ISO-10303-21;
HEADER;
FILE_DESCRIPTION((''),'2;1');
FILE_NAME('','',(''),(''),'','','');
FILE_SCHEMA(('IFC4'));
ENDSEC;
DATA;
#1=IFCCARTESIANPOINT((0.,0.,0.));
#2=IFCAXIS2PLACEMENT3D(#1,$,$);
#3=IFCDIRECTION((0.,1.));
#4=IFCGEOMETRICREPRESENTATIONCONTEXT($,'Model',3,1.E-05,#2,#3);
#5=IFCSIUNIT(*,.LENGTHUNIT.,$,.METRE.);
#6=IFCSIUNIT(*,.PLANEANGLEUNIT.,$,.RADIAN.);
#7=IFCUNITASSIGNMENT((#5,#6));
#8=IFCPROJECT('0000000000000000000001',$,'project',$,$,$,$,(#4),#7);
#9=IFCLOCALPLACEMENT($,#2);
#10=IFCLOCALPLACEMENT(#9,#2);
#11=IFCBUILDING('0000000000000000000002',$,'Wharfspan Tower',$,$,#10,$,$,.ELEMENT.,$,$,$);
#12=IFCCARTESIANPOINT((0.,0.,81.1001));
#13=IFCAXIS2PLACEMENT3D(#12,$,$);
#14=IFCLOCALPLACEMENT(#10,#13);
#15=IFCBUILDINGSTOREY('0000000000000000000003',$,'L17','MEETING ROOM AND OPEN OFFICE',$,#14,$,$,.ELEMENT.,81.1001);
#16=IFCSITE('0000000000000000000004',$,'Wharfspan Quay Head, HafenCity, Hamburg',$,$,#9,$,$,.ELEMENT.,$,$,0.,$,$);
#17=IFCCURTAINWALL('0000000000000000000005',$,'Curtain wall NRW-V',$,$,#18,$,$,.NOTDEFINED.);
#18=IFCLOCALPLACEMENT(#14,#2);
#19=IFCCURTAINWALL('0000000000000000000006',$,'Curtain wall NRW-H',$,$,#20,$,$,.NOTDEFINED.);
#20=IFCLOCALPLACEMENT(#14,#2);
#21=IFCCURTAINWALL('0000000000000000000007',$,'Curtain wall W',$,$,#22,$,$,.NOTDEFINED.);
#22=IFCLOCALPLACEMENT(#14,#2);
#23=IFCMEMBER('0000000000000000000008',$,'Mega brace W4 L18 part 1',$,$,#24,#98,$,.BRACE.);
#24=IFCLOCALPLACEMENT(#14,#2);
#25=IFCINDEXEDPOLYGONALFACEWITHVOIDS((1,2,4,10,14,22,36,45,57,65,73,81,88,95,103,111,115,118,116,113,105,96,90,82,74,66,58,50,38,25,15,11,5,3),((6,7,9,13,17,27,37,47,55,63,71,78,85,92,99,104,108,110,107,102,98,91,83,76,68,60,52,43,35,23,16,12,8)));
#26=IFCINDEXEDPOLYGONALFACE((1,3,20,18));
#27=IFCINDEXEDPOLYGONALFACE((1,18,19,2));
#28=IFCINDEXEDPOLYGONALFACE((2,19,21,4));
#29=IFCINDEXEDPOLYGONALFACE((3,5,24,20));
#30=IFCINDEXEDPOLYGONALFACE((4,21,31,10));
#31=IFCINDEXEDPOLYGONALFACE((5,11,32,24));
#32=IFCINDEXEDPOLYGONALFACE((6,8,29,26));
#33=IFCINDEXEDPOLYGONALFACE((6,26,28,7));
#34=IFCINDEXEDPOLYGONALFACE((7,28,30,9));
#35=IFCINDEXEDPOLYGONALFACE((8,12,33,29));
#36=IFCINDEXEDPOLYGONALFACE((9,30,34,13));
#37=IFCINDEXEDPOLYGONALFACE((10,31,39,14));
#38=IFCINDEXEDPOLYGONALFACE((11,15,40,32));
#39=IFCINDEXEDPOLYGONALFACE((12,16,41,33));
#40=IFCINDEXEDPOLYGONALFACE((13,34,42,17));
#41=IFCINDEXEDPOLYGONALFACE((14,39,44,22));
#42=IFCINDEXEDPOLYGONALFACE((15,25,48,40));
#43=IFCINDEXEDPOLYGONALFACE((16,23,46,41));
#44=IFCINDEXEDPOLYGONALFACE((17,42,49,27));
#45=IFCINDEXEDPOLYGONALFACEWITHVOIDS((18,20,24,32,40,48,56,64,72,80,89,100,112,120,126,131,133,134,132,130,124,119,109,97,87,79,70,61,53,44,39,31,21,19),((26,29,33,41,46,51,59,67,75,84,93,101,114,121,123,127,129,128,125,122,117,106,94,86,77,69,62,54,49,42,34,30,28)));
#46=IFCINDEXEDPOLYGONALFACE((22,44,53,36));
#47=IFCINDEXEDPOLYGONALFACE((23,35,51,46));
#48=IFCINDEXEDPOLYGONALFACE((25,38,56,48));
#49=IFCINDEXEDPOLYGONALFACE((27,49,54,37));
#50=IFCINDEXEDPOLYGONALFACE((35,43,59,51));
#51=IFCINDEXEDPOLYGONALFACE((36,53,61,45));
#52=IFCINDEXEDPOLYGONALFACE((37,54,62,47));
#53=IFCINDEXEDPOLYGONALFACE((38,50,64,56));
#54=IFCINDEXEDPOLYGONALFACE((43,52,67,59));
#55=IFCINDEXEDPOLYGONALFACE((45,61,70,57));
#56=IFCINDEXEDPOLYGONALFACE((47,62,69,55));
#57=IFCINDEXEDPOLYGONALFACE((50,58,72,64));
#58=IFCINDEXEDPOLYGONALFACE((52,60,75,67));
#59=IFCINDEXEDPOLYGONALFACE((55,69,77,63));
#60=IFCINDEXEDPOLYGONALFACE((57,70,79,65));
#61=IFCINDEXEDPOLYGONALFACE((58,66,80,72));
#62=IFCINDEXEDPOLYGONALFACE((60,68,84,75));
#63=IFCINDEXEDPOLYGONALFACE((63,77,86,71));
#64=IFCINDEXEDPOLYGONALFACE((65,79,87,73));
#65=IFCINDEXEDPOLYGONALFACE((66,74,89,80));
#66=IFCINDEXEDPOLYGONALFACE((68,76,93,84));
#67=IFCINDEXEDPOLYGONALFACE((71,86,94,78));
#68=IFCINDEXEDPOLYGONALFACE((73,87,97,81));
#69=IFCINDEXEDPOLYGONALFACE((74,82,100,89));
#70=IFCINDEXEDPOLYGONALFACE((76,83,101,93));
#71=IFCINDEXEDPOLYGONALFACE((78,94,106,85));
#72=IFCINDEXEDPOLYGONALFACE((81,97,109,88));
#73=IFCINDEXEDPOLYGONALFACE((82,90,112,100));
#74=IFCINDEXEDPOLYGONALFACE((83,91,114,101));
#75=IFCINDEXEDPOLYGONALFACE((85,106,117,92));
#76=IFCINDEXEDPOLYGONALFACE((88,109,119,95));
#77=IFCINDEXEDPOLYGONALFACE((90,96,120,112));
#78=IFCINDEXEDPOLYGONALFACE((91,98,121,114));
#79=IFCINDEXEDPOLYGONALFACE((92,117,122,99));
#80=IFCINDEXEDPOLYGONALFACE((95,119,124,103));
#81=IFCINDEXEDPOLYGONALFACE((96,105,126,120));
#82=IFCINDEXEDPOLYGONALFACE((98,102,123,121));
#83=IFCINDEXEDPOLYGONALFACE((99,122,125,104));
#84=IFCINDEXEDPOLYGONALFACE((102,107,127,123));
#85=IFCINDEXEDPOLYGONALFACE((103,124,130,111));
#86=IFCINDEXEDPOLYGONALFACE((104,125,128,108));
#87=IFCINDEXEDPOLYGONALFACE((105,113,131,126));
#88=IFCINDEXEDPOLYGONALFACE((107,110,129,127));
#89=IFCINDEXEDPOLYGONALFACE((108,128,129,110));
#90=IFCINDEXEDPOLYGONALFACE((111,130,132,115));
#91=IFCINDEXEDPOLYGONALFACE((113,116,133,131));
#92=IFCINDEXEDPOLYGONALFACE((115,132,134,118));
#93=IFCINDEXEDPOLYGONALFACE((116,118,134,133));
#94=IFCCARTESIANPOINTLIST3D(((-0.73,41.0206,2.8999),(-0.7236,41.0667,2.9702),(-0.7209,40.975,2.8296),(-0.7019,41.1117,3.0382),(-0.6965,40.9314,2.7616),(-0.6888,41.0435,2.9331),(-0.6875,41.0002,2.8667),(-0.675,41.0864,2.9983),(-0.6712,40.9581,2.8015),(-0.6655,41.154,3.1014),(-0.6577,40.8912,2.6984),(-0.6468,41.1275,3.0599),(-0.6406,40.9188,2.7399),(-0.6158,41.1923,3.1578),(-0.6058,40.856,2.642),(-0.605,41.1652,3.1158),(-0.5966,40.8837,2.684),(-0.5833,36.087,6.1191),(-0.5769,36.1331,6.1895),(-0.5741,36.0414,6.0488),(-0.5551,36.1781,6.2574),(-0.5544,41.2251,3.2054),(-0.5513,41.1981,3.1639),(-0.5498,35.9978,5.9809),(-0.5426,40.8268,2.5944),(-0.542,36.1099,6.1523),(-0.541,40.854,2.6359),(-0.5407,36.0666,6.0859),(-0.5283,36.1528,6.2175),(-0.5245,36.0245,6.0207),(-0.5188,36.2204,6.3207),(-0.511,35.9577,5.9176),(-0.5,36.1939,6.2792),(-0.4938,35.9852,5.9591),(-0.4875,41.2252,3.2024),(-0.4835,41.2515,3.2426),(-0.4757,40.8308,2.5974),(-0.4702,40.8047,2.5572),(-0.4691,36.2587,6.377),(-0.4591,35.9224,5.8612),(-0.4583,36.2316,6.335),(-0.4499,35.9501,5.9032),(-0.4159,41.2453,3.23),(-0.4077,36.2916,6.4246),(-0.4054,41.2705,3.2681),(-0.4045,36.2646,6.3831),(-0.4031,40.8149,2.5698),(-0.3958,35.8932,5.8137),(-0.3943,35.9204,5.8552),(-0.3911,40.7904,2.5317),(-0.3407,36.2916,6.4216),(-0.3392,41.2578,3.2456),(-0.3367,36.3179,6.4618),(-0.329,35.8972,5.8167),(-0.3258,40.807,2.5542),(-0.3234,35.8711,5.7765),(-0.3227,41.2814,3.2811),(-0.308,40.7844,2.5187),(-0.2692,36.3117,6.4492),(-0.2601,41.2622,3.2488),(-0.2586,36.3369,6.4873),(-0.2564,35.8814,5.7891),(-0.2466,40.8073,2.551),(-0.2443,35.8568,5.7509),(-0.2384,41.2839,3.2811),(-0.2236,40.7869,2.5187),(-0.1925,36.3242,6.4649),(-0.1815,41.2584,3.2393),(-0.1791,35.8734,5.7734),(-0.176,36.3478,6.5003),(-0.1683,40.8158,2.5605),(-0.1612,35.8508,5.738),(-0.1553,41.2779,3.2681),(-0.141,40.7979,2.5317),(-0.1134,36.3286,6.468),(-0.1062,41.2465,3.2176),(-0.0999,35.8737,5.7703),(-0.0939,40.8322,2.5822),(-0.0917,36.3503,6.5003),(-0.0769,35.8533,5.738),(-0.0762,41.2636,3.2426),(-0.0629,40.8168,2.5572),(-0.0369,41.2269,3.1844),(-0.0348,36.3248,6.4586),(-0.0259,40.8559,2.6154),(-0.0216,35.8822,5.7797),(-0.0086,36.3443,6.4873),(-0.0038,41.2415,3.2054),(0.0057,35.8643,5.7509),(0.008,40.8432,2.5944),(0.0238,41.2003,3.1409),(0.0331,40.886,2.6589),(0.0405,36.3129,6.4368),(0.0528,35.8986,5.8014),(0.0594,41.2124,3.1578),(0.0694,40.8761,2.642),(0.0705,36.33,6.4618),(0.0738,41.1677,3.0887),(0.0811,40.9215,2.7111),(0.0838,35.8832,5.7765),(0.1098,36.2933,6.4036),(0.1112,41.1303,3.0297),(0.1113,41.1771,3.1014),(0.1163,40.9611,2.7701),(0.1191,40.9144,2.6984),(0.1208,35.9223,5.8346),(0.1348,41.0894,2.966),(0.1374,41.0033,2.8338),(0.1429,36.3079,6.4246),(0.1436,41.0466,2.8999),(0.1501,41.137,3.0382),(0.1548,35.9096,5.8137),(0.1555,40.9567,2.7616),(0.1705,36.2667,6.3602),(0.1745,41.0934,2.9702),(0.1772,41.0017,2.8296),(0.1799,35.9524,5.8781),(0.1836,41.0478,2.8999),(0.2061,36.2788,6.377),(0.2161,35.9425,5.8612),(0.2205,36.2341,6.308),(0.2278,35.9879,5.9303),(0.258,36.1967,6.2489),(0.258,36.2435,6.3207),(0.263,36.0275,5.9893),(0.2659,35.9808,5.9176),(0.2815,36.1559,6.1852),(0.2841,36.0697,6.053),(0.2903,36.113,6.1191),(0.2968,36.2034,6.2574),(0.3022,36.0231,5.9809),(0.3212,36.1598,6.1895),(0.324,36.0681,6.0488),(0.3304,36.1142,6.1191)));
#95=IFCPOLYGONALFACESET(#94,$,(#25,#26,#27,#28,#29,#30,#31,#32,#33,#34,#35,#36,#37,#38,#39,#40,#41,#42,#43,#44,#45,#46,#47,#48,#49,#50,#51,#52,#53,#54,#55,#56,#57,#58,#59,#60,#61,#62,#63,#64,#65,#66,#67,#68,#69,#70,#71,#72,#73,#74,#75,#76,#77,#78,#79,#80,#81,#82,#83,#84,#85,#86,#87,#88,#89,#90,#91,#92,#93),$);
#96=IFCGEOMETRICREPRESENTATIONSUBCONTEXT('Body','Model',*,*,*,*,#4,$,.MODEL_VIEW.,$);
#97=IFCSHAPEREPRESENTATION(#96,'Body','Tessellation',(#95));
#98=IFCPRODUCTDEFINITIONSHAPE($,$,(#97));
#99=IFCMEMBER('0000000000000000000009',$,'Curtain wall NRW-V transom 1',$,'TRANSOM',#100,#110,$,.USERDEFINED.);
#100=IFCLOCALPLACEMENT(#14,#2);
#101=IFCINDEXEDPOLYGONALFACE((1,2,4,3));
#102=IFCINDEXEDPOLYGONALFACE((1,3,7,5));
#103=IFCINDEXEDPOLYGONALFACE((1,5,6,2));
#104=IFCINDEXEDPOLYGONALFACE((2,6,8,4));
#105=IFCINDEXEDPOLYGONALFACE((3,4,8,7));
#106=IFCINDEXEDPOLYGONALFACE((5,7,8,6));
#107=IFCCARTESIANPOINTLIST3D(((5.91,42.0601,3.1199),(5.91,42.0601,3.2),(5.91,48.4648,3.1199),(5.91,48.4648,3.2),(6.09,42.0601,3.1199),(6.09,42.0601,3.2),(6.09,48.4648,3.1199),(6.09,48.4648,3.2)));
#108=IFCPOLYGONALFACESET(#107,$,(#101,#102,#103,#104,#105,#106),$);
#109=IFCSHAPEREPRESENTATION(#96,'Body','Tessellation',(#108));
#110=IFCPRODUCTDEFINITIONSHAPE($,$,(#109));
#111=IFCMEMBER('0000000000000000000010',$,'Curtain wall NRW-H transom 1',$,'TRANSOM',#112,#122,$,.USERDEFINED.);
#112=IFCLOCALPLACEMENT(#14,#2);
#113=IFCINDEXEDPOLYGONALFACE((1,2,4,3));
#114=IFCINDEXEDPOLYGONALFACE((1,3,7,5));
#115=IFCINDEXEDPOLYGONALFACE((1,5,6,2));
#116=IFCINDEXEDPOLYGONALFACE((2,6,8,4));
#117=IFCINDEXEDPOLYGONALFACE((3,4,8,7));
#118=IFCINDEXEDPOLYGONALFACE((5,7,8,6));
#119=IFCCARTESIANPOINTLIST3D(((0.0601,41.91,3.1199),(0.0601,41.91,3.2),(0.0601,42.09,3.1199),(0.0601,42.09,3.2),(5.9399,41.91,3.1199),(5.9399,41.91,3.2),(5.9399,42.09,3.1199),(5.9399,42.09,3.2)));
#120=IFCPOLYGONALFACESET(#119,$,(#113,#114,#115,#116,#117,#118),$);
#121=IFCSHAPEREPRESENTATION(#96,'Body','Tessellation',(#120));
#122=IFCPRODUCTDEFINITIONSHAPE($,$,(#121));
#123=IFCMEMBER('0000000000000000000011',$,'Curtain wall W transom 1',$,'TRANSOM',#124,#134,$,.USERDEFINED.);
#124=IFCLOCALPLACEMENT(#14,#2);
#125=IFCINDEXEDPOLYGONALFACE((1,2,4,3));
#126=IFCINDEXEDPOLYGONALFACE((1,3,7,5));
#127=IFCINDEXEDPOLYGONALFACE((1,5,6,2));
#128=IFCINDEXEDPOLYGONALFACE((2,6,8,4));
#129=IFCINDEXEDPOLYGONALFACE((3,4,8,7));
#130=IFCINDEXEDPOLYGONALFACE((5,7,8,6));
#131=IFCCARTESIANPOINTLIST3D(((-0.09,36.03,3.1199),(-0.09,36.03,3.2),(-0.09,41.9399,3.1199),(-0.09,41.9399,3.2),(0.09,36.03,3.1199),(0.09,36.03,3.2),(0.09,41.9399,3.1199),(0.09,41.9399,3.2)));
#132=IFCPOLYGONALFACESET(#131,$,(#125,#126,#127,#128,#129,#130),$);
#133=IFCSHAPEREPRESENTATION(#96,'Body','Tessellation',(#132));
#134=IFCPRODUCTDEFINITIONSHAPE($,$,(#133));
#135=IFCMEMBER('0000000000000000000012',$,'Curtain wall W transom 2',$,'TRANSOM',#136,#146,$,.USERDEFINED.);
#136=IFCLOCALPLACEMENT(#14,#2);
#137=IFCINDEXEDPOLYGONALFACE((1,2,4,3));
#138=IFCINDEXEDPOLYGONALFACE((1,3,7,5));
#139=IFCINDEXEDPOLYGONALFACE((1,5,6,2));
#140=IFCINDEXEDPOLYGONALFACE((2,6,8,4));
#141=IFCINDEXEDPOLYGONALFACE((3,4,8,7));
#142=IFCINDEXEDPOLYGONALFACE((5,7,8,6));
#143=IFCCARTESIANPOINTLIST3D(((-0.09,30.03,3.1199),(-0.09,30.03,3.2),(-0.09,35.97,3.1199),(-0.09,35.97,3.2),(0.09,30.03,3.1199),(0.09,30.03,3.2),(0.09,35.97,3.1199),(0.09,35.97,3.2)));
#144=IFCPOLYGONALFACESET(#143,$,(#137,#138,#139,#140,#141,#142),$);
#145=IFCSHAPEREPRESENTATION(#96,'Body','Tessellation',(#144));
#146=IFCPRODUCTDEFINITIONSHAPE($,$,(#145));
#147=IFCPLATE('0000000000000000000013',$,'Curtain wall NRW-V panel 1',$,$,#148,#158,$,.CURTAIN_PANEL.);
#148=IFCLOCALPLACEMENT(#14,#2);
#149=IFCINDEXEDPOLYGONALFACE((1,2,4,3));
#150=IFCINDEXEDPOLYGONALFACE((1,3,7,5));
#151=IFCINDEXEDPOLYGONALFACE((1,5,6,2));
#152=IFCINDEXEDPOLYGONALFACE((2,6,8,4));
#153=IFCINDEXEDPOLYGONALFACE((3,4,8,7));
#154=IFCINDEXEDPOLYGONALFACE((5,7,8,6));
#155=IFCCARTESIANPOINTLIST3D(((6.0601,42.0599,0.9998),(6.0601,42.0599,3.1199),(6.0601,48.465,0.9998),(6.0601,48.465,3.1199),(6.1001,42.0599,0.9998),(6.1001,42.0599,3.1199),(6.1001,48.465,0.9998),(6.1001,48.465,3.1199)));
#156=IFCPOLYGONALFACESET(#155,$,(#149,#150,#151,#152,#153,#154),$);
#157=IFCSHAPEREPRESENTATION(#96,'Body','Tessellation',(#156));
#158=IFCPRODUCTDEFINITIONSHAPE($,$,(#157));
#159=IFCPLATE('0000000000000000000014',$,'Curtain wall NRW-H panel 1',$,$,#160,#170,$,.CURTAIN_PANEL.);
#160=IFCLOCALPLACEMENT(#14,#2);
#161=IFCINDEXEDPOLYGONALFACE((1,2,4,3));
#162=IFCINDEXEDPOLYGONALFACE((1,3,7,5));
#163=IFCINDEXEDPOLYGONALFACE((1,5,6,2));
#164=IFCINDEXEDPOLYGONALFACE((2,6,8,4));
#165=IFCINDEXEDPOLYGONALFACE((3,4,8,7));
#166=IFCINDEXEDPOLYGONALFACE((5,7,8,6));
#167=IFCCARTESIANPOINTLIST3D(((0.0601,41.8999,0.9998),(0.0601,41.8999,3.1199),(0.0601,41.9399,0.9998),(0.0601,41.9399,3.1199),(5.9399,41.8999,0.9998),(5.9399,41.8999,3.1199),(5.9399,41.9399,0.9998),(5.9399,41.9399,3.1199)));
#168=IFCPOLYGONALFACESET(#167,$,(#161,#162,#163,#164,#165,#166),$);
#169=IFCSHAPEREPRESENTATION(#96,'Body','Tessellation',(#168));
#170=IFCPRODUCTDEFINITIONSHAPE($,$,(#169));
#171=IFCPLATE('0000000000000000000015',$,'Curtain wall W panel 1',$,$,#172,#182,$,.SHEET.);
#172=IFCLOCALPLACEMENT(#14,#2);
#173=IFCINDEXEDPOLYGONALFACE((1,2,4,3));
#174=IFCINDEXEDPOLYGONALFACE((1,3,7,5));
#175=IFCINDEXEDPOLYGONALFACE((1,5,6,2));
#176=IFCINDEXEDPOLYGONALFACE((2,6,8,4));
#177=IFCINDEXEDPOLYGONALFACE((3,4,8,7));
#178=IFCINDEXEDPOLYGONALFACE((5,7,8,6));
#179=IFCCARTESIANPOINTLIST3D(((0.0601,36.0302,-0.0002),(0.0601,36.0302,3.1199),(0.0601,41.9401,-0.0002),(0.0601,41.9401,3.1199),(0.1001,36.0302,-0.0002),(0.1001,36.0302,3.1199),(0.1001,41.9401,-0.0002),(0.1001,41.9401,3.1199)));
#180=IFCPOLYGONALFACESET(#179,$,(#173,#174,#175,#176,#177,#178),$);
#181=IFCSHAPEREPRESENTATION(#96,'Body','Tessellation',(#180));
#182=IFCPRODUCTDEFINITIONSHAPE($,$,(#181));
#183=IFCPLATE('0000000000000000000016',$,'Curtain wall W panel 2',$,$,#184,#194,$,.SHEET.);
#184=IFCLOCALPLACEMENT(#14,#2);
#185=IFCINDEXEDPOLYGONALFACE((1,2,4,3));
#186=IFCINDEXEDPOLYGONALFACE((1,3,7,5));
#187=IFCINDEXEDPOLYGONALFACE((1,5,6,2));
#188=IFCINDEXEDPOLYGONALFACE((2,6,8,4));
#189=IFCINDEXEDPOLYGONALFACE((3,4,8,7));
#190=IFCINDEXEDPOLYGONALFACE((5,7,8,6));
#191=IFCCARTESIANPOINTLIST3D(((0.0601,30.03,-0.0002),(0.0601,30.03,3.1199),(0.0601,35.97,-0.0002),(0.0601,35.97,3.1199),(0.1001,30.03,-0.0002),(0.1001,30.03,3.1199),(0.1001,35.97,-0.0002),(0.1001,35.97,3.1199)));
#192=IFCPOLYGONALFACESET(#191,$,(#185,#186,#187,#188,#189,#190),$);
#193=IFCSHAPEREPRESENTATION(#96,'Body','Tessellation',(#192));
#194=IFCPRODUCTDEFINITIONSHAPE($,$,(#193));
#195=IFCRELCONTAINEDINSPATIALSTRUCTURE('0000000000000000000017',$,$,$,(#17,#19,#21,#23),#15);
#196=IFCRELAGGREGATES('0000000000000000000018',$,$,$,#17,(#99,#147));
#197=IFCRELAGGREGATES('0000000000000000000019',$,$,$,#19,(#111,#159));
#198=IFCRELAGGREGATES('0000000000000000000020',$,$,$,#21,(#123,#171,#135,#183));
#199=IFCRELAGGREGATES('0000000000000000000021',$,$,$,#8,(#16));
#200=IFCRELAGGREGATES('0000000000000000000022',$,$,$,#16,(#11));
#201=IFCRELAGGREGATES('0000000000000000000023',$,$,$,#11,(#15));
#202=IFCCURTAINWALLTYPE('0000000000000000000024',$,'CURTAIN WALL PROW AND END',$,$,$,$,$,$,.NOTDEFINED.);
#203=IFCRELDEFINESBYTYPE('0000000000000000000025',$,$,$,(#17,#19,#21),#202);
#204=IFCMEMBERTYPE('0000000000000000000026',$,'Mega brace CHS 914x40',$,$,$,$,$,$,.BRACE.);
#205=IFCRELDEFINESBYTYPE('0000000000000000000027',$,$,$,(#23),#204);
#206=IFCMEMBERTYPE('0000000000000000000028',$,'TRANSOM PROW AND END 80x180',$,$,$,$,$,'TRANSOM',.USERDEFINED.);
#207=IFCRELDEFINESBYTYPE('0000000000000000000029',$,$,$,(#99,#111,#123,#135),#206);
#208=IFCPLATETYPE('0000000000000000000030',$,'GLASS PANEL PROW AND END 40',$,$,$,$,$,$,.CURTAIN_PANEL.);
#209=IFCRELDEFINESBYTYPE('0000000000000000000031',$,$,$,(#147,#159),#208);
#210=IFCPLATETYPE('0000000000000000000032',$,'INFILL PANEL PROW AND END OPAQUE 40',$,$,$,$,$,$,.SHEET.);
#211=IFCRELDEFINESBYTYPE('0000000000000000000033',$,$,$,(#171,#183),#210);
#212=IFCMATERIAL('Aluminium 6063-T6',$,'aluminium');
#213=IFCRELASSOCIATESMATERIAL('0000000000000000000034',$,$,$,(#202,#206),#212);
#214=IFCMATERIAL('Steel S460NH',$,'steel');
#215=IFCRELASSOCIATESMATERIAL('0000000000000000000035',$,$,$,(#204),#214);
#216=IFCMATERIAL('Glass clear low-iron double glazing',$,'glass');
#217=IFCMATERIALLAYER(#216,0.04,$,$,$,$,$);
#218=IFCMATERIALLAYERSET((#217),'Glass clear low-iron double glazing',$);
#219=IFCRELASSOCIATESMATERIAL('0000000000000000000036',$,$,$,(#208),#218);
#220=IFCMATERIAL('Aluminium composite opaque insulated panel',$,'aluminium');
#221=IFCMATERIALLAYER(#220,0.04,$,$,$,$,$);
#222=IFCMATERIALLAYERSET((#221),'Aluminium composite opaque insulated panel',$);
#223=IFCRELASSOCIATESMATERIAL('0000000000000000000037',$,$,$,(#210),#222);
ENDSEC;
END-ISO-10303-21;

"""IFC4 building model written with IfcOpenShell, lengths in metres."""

from ifc_helpers import new_model, si_unit, direction, frame, origin, origin_2d, place, context, subcontext, project, spatial, rectangle, hollow_circle, extrude, material, layer, layer_set, material_profile, profile_set, type_object, element, aggregate, save


model = new_model("IFC4")

# Units and contexts
model_context = context("Model", 3, precision=1e-05, world=origin(), true_north=direction((0.0, 1.0)))
body_context = subcontext(model_context, "Body", "Model", "MODEL_VIEW")
ifc_project = project(units=[si_unit("LENGTHUNIT", "METRE"), si_unit("PLANEANGLEUNIT", "RADIAN")], contexts=[model_context])

# Site, building, storey
site_placement = place(None, origin())
site = spatial("IfcSite", under=ifc_project, at=site_placement, Name="Wharfspan Quay Head, HafenCity, Hamburg", CompositionType="ELEMENT", RefElevation=0.0)
building_placement = place(site_placement, origin())
building = spatial("IfcBuilding", under=site, at=building_placement, Name="Wharfspan Tower", CompositionType="ELEMENT")
storey_placement = place(building_placement, frame((0.0, 0.0, 81.1001)))
storey = spatial("IfcBuildingStorey", under=building, at=storey_placement, Name="L17", Description="MEETING ROOM AND OPEN OFFICE", CompositionType="ELEMENT", Elevation=81.1001)

# Curtain walls
ifc_material_1 = material(Name="Aluminium 6063-T6", Category="aluminium")
curtain_wall_type = type_object("IfcCurtainWallType", Name="CURTAIN WALL PROW AND END", PredefinedType="NOTDEFINED", material=ifc_material_1)
curtain_wall_1_placement = place(storey_placement, origin())
curtain_wall_1 = element("IfcCurtainWall", 1, at=curtain_wall_1_placement, inside=storey, type_object=curtain_wall_type, Name="Curtain wall NRW-V", PredefinedType="NOTDEFINED")
curtain_wall_2_placement = place(storey_placement, origin())
curtain_wall_2 = element("IfcCurtainWall", 2, at=curtain_wall_2_placement, inside=storey, type_object=curtain_wall_type, Name="Curtain wall NRW-H", PredefinedType="NOTDEFINED")
curtain_wall_3_placement = place(storey_placement, origin())
curtain_wall_3 = element("IfcCurtainWall", 3, at=curtain_wall_3_placement, inside=storey, type_object=curtain_wall_type, Name="Curtain wall W", PredefinedType="NOTDEFINED")

# Members
ifc_material_2 = material(Name="Steel S460NH", Category="steel")
ifc_material_profile_1 = material_profile(ifc_material_2, hollow_circle(Radius=0.457, WallThickness=0.04, at=origin_2d()))
ifc_profile_set_1 = profile_set([ifc_material_profile_1], Name="Steel S460NH")
member_type_1 = type_object("IfcMemberType", Name="Mega brace CHS 914x40", PredefinedType="BRACE", material=ifc_profile_set_1)
member_1_placement = place(storey_placement, frame((-0.2732, 41.0342, 2.8999), z_axis=(0.0249, -0.837221, 0.546298), x_axis=(0.999556, 0.02973, 0.000003)))
element("IfcMember", 4, at=member_1_placement, inside=storey, type_object=member_type_1, Name="Mega brace W4 L18 part 1", PredefinedType="BRACE", context=body_context, shape_type="SweptSolid", body=[
    extrude(hollow_circle(Radius=0.457, WallThickness=0.04, at=origin_2d()), origin(), (0.0, 0.0, 1.0), 5.8928),
])
ifc_material_profile_2 = material_profile(ifc_material_1, rectangle(XDim=0.1799, YDim=0.0801, at=origin_2d()))
ifc_profile_set_2 = profile_set([ifc_material_profile_2], Name="Aluminium 6063-T6")
member_type_2 = type_object("IfcMemberType", Name="TRANSOM PROW AND END 80x180", ElementType="TRANSOM", PredefinedType="USERDEFINED", material=ifc_profile_set_2)
member_2_placement = place(storey_placement, frame((6.0, 48.4648, 3.1599), z_axis=(0.0, -1.0, 0.0), x_axis=(1.0, 0.0, 0.0)))
member_2 = element("IfcMember", 5, at=member_2_placement, type_object=member_type_2, Name="Curtain wall NRW-V transom 1", ObjectType="TRANSOM", PredefinedType="USERDEFINED", context=body_context, shape_type="SweptSolid", body=[
    extrude(rectangle(XDim=0.1799, YDim=0.0801, at=origin_2d()), origin(), (0.0, 0.0, 1.0), 6.4048),
])
member_3_placement = place(storey_placement, frame((5.9399, 42.0, 3.1599), z_axis=(-1.0, 0.0, 0.0), x_axis=(0.0, -1.0, 0.0)))
member_3 = element("IfcMember", 6, at=member_3_placement, type_object=member_type_2, Name="Curtain wall NRW-H transom 1", ObjectType="TRANSOM", PredefinedType="USERDEFINED", context=body_context, shape_type="SweptSolid", body=[
    extrude(rectangle(XDim=0.1799, YDim=0.0801, at=origin_2d()), origin(), (0.0, 0.0, 1.0), 5.8799),
])
member_4_placement = place(storey_placement, frame((0.0, 41.9399, 3.1599), z_axis=(0.0, -1.0, 0.0), x_axis=(1.0, 0.0, 0.0)))
member_4 = element("IfcMember", 7, at=member_4_placement, type_object=member_type_2, Name="Curtain wall W transom 1", ObjectType="TRANSOM", PredefinedType="USERDEFINED", context=body_context, shape_type="SweptSolid", body=[
    extrude(rectangle(XDim=0.1799, YDim=0.0801, at=origin_2d()), origin(), (0.0, 0.0, 1.0), 5.9099),
])
member_5_placement = place(storey_placement, frame((0.0, 35.97, 3.1599), z_axis=(0.0, -1.0, 0.0), x_axis=(1.0, 0.0, 0.0)))
member_5 = element("IfcMember", 8, at=member_5_placement, type_object=member_type_2, Name="Curtain wall W transom 2", ObjectType="TRANSOM", PredefinedType="USERDEFINED", context=body_context, shape_type="SweptSolid", body=[
    extrude(rectangle(XDim=0.1799, YDim=0.0801, at=origin_2d()), origin(), (0.0, 0.0, 1.0), 5.9399),
])

# Plates
ifc_material_3 = material(Name="Glass clear low-iron double glazing", Category="glass")
ifc_layer_1 = layer(ifc_material_3, 0.04)
ifc_layer_set_1 = layer_set([ifc_layer_1], Name="Glass clear low-iron double glazing")
plate_type_1 = type_object("IfcPlateType", Name="GLASS PANEL PROW AND END 40", PredefinedType="CURTAIN_PANEL", material=ifc_layer_set_1)
plate_1_placement = place(storey_placement, frame((6.0801, 45.2625, 0.9998), z_axis=(0.0, 0.0, 1.0), x_axis=(0.0, -1.0, 0.0)))
plate_1 = element("IfcPlate", 9, at=plate_1_placement, type_object=plate_type_1, Name="Curtain wall NRW-V panel 1", PredefinedType="CURTAIN_PANEL", context=body_context, shape_type="SweptSolid", body=[
    extrude(rectangle(XDim=6.405, YDim=0.04, at=origin_2d()), origin(), (0.0, 0.0, 1.0), 2.1201),
])
aggregate(curtain_wall_1, [member_2, plate_1])
plate_2_placement = place(storey_placement, frame((3.0, 41.9199, 0.9998), z_axis=(0.0, 0.0, 1.0), x_axis=(-1.0, 0.0, 0.0)))
plate_2 = element("IfcPlate", 10, at=plate_2_placement, type_object=plate_type_1, Name="Curtain wall NRW-H panel 1", PredefinedType="CURTAIN_PANEL", context=body_context, shape_type="SweptSolid", body=[
    extrude(rectangle(XDim=5.8799, YDim=0.04, at=origin_2d()), origin(), (0.0, 0.0, 1.0), 2.1201),
])
aggregate(curtain_wall_2, [member_3, plate_2])
ifc_material_4 = material(Name="Aluminium composite opaque insulated panel", Category="aluminium")
ifc_layer_2 = layer(ifc_material_4, 0.04)
ifc_layer_set_2 = layer_set([ifc_layer_2], Name="Aluminium composite opaque insulated panel")
plate_type_2 = type_object("IfcPlateType", Name="INFILL PANEL PROW AND END OPAQUE 40", PredefinedType="SHEET", material=ifc_layer_set_2)
plate_3_placement = place(storey_placement, frame((0.0801, 38.9851, -0.0002), z_axis=(0.0, 0.0, 1.0), x_axis=(0.0, -1.0, 0.0)))
plate_3 = element("IfcPlate", 11, at=plate_3_placement, type_object=plate_type_2, Name="Curtain wall W panel 1", PredefinedType="SHEET", context=body_context, shape_type="SweptSolid", body=[
    extrude(rectangle(XDim=5.9099, YDim=0.04, at=origin_2d()), origin(), (0.0, 0.0, 1.0), 3.1201),
])
plate_4_placement = place(storey_placement, frame((0.0801, 33.0, -0.0002), z_axis=(0.0, 0.0, 1.0), x_axis=(0.0, -1.0, 0.0)))
plate_4 = element("IfcPlate", 12, at=plate_4_placement, type_object=plate_type_2, Name="Curtain wall W panel 2", PredefinedType="SHEET", context=body_context, shape_type="SweptSolid", body=[
    extrude(rectangle(XDim=5.9399, YDim=0.04, at=origin_2d()), origin(), (0.0, 0.0, 1.0), 3.1201),
])
aggregate(curtain_wall_3, [member_4, plate_3, member_5, plate_4])

save(model, "model.ifc")
